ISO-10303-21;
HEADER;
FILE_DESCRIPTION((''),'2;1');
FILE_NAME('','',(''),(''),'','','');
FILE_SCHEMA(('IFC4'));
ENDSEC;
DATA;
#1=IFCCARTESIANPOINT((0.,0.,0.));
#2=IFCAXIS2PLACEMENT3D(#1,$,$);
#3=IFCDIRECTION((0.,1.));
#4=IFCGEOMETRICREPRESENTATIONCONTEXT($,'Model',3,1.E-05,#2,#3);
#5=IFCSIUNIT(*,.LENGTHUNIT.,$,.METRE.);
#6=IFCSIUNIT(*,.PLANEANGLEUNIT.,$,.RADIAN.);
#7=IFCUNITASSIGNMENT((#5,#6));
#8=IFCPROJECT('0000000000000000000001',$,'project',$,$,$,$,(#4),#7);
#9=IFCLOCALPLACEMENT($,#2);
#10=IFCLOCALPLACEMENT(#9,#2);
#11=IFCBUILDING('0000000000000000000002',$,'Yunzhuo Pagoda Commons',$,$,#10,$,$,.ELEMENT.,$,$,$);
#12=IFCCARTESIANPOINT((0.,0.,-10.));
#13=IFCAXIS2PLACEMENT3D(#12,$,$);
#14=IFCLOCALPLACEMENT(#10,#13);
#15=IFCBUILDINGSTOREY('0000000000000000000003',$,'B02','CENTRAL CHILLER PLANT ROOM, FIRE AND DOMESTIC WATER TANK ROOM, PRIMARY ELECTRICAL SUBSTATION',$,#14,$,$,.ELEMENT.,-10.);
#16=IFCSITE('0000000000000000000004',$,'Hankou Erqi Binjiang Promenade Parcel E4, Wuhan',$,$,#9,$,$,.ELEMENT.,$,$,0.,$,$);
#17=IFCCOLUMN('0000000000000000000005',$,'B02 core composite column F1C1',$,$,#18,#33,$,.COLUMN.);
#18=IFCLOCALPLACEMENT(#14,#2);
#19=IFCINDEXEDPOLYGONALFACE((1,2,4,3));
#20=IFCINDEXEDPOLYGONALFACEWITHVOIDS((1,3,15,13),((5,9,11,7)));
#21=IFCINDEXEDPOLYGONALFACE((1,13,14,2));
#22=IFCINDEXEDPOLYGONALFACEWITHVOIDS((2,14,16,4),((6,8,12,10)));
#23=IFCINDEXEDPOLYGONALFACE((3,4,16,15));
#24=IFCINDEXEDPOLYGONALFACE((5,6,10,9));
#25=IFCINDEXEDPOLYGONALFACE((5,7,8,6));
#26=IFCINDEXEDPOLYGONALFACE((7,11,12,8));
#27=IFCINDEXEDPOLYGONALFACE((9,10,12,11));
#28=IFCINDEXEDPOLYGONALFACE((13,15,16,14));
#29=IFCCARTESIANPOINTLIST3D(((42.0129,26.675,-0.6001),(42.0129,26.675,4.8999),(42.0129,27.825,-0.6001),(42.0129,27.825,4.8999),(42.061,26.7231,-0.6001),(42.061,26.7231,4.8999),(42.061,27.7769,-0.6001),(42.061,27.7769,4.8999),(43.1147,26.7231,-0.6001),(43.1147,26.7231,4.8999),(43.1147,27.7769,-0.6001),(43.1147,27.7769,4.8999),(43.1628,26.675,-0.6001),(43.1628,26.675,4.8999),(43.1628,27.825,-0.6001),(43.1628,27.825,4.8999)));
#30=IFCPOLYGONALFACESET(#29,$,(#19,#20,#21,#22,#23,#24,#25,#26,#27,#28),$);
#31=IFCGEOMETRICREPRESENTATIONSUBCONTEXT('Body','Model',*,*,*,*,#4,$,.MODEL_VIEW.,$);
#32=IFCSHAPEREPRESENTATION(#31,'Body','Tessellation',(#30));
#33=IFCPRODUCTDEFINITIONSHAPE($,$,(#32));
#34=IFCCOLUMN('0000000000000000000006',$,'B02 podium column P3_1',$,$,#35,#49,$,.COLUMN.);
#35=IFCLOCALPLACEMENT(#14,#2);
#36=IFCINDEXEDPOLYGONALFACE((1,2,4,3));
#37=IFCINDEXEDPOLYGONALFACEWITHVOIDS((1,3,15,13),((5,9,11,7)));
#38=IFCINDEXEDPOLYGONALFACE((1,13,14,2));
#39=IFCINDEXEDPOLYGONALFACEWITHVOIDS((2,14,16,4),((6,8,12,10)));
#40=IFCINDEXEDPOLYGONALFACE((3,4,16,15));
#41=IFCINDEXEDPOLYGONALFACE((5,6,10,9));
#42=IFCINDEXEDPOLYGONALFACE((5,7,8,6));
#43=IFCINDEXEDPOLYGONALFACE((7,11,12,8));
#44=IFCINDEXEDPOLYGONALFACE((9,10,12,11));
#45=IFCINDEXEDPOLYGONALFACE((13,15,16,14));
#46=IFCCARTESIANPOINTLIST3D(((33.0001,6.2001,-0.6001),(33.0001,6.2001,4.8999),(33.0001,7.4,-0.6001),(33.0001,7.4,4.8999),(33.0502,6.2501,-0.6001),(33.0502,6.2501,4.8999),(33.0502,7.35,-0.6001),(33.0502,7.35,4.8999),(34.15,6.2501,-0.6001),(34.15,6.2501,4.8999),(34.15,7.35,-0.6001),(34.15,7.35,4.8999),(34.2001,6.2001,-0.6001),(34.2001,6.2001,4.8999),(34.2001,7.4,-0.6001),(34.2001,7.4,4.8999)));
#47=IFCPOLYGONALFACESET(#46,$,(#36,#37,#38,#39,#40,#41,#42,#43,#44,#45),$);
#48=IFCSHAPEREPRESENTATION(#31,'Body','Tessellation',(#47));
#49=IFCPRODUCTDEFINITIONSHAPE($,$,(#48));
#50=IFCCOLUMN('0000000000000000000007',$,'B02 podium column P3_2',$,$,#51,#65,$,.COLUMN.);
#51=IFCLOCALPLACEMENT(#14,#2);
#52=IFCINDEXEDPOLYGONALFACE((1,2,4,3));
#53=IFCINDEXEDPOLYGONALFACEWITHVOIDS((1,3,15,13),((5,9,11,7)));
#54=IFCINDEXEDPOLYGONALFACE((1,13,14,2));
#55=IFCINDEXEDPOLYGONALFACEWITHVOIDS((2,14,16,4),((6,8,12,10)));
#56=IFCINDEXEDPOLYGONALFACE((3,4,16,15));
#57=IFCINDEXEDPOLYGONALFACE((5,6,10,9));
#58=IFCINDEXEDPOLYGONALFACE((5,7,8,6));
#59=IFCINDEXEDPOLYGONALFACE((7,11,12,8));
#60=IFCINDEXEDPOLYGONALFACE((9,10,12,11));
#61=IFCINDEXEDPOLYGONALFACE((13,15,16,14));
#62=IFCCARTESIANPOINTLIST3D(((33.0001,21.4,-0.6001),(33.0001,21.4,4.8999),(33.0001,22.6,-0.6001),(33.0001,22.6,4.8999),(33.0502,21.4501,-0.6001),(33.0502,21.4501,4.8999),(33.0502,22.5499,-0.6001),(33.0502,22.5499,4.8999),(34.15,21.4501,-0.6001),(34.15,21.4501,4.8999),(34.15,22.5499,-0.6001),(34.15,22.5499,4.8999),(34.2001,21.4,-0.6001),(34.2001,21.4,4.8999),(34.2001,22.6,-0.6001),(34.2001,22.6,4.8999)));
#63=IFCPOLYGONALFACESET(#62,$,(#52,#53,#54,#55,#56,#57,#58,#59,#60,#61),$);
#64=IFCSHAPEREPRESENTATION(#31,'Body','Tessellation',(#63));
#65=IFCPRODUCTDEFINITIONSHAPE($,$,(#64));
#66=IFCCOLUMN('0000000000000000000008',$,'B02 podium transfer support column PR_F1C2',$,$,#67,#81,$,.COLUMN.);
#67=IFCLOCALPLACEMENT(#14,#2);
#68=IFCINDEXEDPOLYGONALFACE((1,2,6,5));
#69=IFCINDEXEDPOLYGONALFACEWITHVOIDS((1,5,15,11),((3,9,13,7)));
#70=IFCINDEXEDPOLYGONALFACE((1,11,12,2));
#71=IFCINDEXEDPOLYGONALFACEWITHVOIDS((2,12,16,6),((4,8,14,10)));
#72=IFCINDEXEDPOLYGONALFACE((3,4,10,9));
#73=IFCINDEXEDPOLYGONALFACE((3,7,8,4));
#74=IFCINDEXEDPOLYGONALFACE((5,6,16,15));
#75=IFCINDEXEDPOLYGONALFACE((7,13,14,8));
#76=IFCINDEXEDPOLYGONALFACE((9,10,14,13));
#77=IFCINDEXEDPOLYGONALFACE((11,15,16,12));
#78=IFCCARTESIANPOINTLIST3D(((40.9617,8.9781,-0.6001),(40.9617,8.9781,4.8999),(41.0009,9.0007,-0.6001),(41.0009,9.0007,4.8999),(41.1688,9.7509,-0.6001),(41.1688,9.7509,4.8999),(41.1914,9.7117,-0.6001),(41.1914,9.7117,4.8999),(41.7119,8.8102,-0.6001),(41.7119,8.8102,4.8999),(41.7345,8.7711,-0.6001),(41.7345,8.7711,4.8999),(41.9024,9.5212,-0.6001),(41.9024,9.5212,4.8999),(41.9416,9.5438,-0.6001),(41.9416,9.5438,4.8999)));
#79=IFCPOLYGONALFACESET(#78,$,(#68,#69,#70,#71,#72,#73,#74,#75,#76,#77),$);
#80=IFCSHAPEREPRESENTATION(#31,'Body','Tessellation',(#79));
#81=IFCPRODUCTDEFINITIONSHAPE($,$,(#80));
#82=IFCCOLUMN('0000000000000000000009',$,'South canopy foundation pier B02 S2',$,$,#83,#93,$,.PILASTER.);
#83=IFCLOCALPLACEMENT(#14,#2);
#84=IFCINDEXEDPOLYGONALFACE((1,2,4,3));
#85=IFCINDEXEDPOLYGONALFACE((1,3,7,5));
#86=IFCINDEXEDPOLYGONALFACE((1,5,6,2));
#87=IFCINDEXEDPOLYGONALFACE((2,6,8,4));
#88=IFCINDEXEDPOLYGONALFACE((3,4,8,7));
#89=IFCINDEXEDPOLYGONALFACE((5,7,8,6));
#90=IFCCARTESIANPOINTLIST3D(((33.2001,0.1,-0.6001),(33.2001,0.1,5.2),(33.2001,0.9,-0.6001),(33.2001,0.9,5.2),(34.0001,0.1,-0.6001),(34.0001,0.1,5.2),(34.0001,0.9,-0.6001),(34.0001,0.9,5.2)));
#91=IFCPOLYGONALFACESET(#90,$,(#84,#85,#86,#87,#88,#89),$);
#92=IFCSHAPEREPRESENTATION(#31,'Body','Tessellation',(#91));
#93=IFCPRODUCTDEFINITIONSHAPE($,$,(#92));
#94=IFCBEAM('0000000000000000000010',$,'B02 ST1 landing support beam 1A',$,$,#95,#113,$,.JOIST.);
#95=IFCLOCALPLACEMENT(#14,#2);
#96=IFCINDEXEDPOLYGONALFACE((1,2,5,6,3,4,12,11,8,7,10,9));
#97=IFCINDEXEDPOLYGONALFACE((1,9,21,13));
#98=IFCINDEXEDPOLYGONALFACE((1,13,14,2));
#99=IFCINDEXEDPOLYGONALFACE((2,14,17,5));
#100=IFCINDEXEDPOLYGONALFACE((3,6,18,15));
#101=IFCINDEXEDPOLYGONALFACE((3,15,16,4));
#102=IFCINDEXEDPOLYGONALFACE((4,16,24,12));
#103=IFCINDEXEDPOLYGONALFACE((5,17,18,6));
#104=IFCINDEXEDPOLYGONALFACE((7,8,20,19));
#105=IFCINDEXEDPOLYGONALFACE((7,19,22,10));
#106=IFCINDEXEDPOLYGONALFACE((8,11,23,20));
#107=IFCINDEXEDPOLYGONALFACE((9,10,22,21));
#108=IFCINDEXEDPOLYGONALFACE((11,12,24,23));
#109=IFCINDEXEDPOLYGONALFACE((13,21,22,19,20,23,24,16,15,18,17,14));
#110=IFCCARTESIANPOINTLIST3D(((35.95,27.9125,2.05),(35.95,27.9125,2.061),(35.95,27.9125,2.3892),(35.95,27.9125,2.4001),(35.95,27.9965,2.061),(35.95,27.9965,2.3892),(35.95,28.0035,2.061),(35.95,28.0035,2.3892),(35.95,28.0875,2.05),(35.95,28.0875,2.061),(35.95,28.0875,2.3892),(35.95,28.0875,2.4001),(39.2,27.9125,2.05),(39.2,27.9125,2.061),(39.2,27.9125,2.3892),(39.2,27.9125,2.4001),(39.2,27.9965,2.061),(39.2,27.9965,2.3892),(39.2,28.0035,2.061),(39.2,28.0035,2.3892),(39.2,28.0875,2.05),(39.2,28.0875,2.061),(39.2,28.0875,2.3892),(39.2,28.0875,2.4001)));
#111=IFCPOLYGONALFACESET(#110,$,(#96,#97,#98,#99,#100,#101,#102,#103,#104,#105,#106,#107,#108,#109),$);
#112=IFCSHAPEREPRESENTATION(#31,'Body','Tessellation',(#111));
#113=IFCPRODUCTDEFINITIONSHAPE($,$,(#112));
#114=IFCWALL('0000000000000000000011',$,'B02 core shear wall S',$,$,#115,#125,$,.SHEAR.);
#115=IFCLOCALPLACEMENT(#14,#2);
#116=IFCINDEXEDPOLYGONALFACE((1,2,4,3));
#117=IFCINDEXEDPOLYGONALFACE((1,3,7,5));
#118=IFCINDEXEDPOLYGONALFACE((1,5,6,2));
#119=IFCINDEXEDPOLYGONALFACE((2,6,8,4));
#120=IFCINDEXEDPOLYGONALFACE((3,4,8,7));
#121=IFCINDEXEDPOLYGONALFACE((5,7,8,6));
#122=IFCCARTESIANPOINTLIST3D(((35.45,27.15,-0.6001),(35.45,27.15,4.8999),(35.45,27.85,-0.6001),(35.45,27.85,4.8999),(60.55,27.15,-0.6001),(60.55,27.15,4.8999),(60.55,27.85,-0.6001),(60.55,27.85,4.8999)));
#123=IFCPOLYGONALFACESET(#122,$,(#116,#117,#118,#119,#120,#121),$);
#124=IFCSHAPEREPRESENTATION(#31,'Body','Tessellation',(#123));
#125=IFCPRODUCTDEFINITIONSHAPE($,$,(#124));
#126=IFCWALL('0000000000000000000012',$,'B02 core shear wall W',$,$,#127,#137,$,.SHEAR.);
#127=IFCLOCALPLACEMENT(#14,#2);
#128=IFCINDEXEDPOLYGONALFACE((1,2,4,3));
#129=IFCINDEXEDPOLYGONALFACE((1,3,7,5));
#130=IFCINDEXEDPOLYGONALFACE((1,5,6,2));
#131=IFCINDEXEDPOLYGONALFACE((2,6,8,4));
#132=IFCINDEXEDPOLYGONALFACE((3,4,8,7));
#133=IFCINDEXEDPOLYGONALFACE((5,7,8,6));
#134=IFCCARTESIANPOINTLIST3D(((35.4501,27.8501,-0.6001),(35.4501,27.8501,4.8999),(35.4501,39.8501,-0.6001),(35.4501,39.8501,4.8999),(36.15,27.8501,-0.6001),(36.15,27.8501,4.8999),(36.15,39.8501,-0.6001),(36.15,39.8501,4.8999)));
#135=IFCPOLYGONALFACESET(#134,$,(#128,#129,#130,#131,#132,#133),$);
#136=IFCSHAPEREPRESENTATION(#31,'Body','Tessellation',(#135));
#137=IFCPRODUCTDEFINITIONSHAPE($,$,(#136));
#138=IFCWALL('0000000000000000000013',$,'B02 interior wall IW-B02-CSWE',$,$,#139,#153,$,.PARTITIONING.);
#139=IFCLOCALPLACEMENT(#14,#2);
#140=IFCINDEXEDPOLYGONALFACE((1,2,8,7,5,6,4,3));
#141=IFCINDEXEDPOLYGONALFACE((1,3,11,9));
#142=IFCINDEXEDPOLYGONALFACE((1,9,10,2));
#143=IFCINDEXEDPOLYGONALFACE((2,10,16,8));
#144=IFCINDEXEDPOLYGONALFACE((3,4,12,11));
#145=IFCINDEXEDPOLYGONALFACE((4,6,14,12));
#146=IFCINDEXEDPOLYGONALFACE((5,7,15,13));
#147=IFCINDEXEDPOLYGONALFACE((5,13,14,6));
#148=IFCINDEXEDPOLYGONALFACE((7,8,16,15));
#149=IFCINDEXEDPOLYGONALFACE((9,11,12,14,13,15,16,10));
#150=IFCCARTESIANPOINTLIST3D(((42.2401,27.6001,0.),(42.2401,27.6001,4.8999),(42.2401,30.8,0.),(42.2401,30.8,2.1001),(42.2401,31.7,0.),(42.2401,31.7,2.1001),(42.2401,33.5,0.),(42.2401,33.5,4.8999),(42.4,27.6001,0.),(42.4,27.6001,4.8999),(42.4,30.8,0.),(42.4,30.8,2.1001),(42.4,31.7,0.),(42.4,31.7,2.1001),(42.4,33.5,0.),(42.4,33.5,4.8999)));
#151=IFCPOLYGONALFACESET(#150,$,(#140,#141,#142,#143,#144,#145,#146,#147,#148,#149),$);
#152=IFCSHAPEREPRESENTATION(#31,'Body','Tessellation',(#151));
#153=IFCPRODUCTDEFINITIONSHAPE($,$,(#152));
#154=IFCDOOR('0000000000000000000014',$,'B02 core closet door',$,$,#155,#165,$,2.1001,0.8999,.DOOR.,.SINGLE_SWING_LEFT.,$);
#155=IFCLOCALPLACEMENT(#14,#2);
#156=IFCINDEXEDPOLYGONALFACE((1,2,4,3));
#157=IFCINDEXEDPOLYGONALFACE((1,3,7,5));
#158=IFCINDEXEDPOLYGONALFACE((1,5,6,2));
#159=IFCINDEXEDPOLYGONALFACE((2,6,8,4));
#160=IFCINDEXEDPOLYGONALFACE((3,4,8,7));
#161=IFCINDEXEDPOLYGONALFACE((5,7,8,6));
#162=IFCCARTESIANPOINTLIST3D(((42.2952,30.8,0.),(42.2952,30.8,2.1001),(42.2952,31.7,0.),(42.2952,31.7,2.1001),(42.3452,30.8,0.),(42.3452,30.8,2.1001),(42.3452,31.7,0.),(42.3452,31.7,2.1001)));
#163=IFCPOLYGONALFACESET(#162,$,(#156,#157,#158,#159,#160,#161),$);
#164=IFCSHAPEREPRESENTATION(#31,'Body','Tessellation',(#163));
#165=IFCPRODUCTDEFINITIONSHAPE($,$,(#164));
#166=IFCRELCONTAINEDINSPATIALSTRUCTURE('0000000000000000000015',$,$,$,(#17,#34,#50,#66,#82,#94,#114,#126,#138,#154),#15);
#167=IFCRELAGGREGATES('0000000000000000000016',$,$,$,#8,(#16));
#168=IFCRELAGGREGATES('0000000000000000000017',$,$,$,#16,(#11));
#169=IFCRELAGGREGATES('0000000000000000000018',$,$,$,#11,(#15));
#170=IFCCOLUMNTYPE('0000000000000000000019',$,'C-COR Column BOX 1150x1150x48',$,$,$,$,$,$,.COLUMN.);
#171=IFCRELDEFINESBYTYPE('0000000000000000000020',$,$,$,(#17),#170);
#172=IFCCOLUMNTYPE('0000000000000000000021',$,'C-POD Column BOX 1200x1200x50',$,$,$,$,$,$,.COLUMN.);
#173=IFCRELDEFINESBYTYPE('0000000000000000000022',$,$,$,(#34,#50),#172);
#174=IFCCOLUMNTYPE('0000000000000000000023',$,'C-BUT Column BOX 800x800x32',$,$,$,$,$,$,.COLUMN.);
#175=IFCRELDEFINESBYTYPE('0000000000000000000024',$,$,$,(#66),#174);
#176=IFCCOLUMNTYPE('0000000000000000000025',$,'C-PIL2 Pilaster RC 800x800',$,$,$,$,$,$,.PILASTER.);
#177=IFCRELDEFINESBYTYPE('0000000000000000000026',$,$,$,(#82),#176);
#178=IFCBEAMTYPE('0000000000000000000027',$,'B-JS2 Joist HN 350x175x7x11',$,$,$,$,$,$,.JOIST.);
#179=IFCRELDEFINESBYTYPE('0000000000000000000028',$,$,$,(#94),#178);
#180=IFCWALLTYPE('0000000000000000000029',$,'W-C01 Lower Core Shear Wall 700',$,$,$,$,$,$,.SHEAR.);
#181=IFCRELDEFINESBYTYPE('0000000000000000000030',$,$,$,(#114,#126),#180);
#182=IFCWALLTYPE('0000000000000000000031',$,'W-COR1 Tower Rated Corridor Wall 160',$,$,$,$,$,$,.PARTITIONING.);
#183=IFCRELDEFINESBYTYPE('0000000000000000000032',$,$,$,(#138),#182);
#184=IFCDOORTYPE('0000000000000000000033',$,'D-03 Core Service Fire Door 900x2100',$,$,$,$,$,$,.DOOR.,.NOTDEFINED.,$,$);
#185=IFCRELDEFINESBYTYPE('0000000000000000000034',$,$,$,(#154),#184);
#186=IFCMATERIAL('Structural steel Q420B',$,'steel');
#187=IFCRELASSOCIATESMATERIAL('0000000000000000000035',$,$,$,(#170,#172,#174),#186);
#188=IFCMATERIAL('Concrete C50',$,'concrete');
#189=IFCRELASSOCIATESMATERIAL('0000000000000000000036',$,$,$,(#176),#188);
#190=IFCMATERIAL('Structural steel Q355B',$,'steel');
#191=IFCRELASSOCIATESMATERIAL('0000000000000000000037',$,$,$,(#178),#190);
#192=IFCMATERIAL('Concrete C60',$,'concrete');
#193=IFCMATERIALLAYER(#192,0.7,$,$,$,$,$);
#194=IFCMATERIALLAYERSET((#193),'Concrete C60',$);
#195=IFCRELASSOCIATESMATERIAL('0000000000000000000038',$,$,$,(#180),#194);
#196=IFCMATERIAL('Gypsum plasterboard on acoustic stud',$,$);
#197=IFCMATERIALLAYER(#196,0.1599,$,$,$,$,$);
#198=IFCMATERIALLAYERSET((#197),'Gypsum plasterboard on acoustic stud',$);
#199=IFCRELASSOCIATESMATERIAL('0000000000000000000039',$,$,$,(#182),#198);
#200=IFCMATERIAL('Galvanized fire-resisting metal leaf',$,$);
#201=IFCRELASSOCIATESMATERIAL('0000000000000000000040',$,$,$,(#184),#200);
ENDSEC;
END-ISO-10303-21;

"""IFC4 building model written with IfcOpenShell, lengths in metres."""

from ifc_helpers import new_model, si_unit, direction, frame, frame_2d, origin, origin_with_axes, origin_2d, place, context, subcontext, project, spatial, rectangle, hollow_rectangle, i_section, extrude, source, transform, mapped, material, layer, layer_set, material_profile, profile_set, type_object, element, fill, save


model = new_model("IFC4")

# Units and contexts
model_context = context("Model", 3, precision=1e-05, world=origin(), true_north=direction((0.0, 1.0)))
body_context = subcontext(model_context, "Body", "Model", "MODEL_VIEW")
ifc_project = project(units=[si_unit("LENGTHUNIT", "METRE"), si_unit("PLANEANGLEUNIT", "RADIAN")], contexts=[model_context])

# Site, building, storey
site_placement = place(None, origin())
site = spatial("IfcSite", under=ifc_project, at=site_placement, Name="Hankou Erqi Binjiang Promenade Parcel E4, Wuhan", CompositionType="ELEMENT", RefElevation=0.0)
building_placement = place(site_placement, origin())
building = spatial("IfcBuilding", under=site, at=building_placement, Name="Yunzhuo Pagoda Commons", CompositionType="ELEMENT")
storey_placement = place(building_placement, frame((0.0, 0.0, -10.0)))
storey = spatial("IfcBuildingStorey", under=building, at=storey_placement, Name="B02", Description="CENTRAL CHILLER PLANT ROOM, FIRE AND DOMESTIC WATER TANK ROOM, PRIMARY ELECTRICAL SUBSTATION", CompositionType="ELEMENT", Elevation=-10.0)

# Shared definitions
ifc_material_1 = material(Name="Concrete C50", Category="concrete")

# Columns
ifc_material_2 = material(Name="Structural steel Q420B", Category="steel")
ifc_material_profile_1 = material_profile(ifc_material_2, hollow_rectangle(XDim=1.1499, YDim=1.1499, WallThickness=0.0481, at=origin_2d()), Name="Structural steel Q420B")
ifc_profile_set_1 = profile_set([ifc_material_profile_1], Name="Structural steel Q420B")
column_type_1 = type_object("IfcColumnType", Name="C-COR Column BOX 1150x1150x48", PredefinedType="COLUMN", material=ifc_profile_set_1)
shared_shape_1 = source(origin(), body_context, "Body", "SweptSolid", [
    extrude(hollow_rectangle(XDim=1.1499, YDim=1.1499, WallThickness=0.0481, at=origin_2d()), origin(), (0.0, 0.0, 1.0), 5.5),
])
column_1_placement = place(storey_placement, frame((42.5879, 27.25, -0.6001), z_axis=(0.0, 0.0, 1.0), x_axis=(1.0, 0.0, 0.0)))
element("IfcColumn", 1, at=column_1_placement, inside=storey, type_object=column_type_1, Name="B02 core composite column F1C1", PredefinedType="COLUMN", context=body_context, shape_type="MappedRepresentation", body=[
    mapped(shared_shape_1, transform((0.0, 0.0, 0.0), scale=1.0)),
])
ifc_material_profile_2 = material_profile(ifc_material_2, hollow_rectangle(XDim=1.2, YDim=1.2, WallThickness=0.05, at=origin_2d()), Name="Structural steel Q420B")
ifc_profile_set_2 = profile_set([ifc_material_profile_2], Name="Structural steel Q420B")
column_type_2 = type_object("IfcColumnType", Name="C-POD Column BOX 1200x1200x50", PredefinedType="COLUMN", material=ifc_profile_set_2)
shared_shape_2 = source(origin(), body_context, "Body", "SweptSolid", [
    extrude(hollow_rectangle(XDim=1.2, YDim=1.2, WallThickness=0.05, at=origin_2d()), origin(), (0.0, 0.0, 1.0), 5.5),
])
for number, where, z_axis, x_axis, name in (
    (2, (33.6001, 6.8, -0.6001), (0.0, 0.0, 1.0), (1.0, 0.0, 0.0), "B02 podium column P3_1"),
    (3, (33.6001, 22.0, -0.6001), (0.0, 0.0, 1.0), (1.0, 0.0, 0.0), "B02 podium column P3_2"),
):
    element("IfcColumn", number, at=place(storey_placement, frame(where, z_axis=z_axis, x_axis=x_axis)), inside=storey, type_object=column_type_2, Name=name, PredefinedType="COLUMN", context=body_context, shape_type="MappedRepresentation", body=[
        mapped(shared_shape_2, transform((0.0, 0.0, 0.0), scale=1.0)),
    ])
ifc_material_profile_3 = material_profile(ifc_material_2, hollow_rectangle(XDim=0.8, YDim=0.8, WallThickness=0.032, at=origin_2d()), Name="Structural steel Q420B")
ifc_profile_set_3 = profile_set([ifc_material_profile_3], Name="Structural steel Q420B")
column_type_3 = type_object("IfcColumnType", Name="C-BUT Column BOX 800x800x32", PredefinedType="COLUMN", material=ifc_profile_set_3)
shared_shape_3 = source(origin(), body_context, "Body", "SweptSolid", [
    extrude(hollow_rectangle(XDim=0.8, YDim=0.8, WallThickness=0.032, at=origin_2d()), origin(), (0.0, 0.0, 1.0), 5.5),
])
column_2_placement = place(storey_placement, frame((41.4517, 9.261, -0.6001), z_axis=(0.0, 0.0, 1.0), x_axis=(0.965926, -0.258819, 0.0)))
element("IfcColumn", 4, at=column_2_placement, inside=storey, type_object=column_type_3, Name="B02 podium transfer support column PR_F1C2", PredefinedType="COLUMN", context=body_context, shape_type="MappedRepresentation", body=[
    mapped(shared_shape_3, transform((0.0, 0.0, 0.0), scale=1.0)),
])
ifc_material_profile_4 = material_profile(ifc_material_1, rectangle(XDim=0.8, YDim=0.8, at=origin_2d()), Name="Concrete C50")
ifc_profile_set_4 = profile_set([ifc_material_profile_4], Name="Concrete C50")
column_type_4 = type_object("IfcColumnType", Name="C-PIL2 Pilaster RC 800x800", PredefinedType="PILASTER", material=ifc_profile_set_4)
shared_shape_4 = source(origin(), body_context, "Body", "SweptSolid", [
    extrude(rectangle(XDim=0.8, YDim=0.8, at=origin_2d()), origin(), (0.0, 0.0, 1.0), 5.8),
])
column_3_placement = place(storey_placement, frame((33.6001, 0.5, -0.6001), z_axis=(0.0, 0.0, 1.0), x_axis=(1.0, 0.0, 0.0)))
element("IfcColumn", 5, at=column_3_placement, inside=storey, type_object=column_type_4, Name="South canopy foundation pier B02 S2", PredefinedType="PILASTER", context=body_context, shape_type="MappedRepresentation", body=[
    mapped(shared_shape_4, transform((0.0, 0.0, 0.0), scale=1.0)),
])

# Beam
ifc_material_3 = material(Name="Structural steel Q355B", Category="steel")
ifc_material_profile_5 = material_profile(ifc_material_3, i_section(OverallWidth=0.175, OverallDepth=0.3501, WebThickness=0.0071, FlangeThickness=0.011, at=origin_2d()), Name="Structural steel Q355B")
ifc_profile_set_5 = profile_set([ifc_material_profile_5], Name="Structural steel Q355B")
beam_type = type_object("IfcBeamType", Name="B-JS2 Joist HN 350x175x7x11", PredefinedType="JOIST", material=ifc_profile_set_5)
shared_shape_5 = source(origin(), body_context, "Body", "SweptSolid", [
    extrude(i_section(OverallWidth=0.175, OverallDepth=0.3501, WebThickness=0.0071, FlangeThickness=0.011, at=origin_2d()), origin(), (0.0, 0.0, 1.0), 3.25),
])
beam_placement = place(storey_placement, frame((35.95, 28.0, 2.2251), z_axis=(1.0, 0.0, 0.0), x_axis=(0.0, 1.0, 0.0)))
element("IfcBeam", 6, at=beam_placement, inside=storey, type_object=beam_type, Name="B02 ST1 landing support beam 1A", PredefinedType="JOIST", context=body_context, shape_type="MappedRepresentation", body=[
    mapped(shared_shape_5, transform((0.0, 0.0, 0.0), scale=1.0)),
])

# Walls
ifc_material_4 = material(Name="Concrete C60", Category="concrete")
ifc_layer_1 = layer(ifc_material_4, 0.7)
ifc_layer_set_1 = layer_set([ifc_layer_1], Name="Concrete C60")
wall_type_1 = type_object("IfcWallType", Name="W-C01 Lower Core Shear Wall 700", PredefinedType="SHEAR", material=ifc_layer_set_1)
wall_1_placement = place(storey_placement, frame((35.45, 27.5, -0.6001), z_axis=(0.0, 0.0, 1.0), x_axis=(1.0, 0.0, 0.0)))
element("IfcWall", 7, at=wall_1_placement, inside=storey, type_object=wall_type_1, Name="B02 core shear wall S", PredefinedType="SHEAR", context=body_context, shape_type="SweptSolid", body=[
    extrude(rectangle(XDim=25.1001, YDim=0.7, at=frame_2d((12.55, 0.0))), origin(), (0.0, 0.0, 1.0), 5.5),
])
wall_2_placement = place(storey_placement, frame((35.8, 27.8501, -0.6001), z_axis=(0.0, 0.0, 1.0), x_axis=(0.0, 1.0, 0.0)))
element("IfcWall", 8, at=wall_2_placement, inside=storey, type_object=wall_type_1, Name="B02 core shear wall W", PredefinedType="SHEAR", context=body_context, shape_type="SweptSolid", body=[
    extrude(rectangle(XDim=12.0, YDim=0.7, at=frame_2d((6.0, 0.0))), origin(), (0.0, 0.0, 1.0), 5.5),
])

# Wall, opening, door
ifc_material_5 = material(Name="Gypsum plasterboard on acoustic stud")
ifc_layer_2 = layer(ifc_material_5, 0.1599)
ifc_layer_set_2 = layer_set([ifc_layer_2], Name="Gypsum plasterboard on acoustic stud")
wall_type_2 = type_object("IfcWallType", Name="W-COR1 Tower Rated Corridor Wall 160", PredefinedType="PARTITIONING", material=ifc_layer_set_2)
wall_3_placement = place(storey_placement, frame((42.3201, 27.6001, 0.0), z_axis=(0.0, 0.0, 1.0), x_axis=(0.0, 1.0, 0.0)))
wall_3 = element("IfcWall", 9, at=wall_3_placement, inside=storey, type_object=wall_type_2, Name="B02 interior wall IW-B02-CSWE", PredefinedType="PARTITIONING", context=body_context, shape_type="SweptSolid", body=[
    extrude(rectangle(XDim=5.8999, YDim=0.1599, at=frame_2d((2.95, 0.0))), origin(), (0.0, 0.0, 1.0), 4.8999),
])
opening_1_placement = place(wall_3_placement, frame((3.2, 0.0, 0.0)))
opening_1 = element("IfcOpeningElement", 10, at=opening_1_placement, cuts=wall_3, PredefinedType="OPENING", context=body_context, shape_type="SweptSolid", body=[
    extrude(rectangle(XDim=0.8999, YDim=2.1001, at=frame_2d((0.45, 1.05))), frame((0.0, 0.0898, 0.0), z_axis=(0.0, -1.0, 0.0), x_axis=(1.0, 0.0, 0.0)), (0.0, 0.0, 1.0), 0.1799),
])
ifc_material_6 = material(Name="Galvanized fire-resisting metal leaf")
door_type_1 = type_object("IfcDoorType", Name="D-03 Core Service Fire Door 900x2100", OperationType="NOTDEFINED", PredefinedType="DOOR", material=ifc_material_6)
shared_shape_6 = source(origin(), body_context, "Body", "SweptSolid", [
    extrude(rectangle(XDim=0.8999, YDim=2.1001, at=frame_2d((0.45, 1.05))), frame((0.0, 0.0249, 0.0), z_axis=(0.0, -1.0, 0.0), x_axis=(1.0, 0.0, 0.0)), (0.0, 0.0, 1.0), 0.05),
])
door_1_placement = place(opening_1_placement, origin_with_axes())
door_1 = element("IfcDoor", 11, at=door_1_placement, inside=storey, type_object=door_type_1, Name="B02 core closet door", OperationType="SINGLE_SWING_LEFT", OverallHeight=2.1001, OverallWidth=0.8999, PredefinedType="DOOR", context=body_context, shape_type="MappedRepresentation", body=[
    mapped(shared_shape_6, transform((0.0, 0.0, 0.0), scale=1.0)),
])
fill(opening_1, door_1)

save(model, "model.ifc")
